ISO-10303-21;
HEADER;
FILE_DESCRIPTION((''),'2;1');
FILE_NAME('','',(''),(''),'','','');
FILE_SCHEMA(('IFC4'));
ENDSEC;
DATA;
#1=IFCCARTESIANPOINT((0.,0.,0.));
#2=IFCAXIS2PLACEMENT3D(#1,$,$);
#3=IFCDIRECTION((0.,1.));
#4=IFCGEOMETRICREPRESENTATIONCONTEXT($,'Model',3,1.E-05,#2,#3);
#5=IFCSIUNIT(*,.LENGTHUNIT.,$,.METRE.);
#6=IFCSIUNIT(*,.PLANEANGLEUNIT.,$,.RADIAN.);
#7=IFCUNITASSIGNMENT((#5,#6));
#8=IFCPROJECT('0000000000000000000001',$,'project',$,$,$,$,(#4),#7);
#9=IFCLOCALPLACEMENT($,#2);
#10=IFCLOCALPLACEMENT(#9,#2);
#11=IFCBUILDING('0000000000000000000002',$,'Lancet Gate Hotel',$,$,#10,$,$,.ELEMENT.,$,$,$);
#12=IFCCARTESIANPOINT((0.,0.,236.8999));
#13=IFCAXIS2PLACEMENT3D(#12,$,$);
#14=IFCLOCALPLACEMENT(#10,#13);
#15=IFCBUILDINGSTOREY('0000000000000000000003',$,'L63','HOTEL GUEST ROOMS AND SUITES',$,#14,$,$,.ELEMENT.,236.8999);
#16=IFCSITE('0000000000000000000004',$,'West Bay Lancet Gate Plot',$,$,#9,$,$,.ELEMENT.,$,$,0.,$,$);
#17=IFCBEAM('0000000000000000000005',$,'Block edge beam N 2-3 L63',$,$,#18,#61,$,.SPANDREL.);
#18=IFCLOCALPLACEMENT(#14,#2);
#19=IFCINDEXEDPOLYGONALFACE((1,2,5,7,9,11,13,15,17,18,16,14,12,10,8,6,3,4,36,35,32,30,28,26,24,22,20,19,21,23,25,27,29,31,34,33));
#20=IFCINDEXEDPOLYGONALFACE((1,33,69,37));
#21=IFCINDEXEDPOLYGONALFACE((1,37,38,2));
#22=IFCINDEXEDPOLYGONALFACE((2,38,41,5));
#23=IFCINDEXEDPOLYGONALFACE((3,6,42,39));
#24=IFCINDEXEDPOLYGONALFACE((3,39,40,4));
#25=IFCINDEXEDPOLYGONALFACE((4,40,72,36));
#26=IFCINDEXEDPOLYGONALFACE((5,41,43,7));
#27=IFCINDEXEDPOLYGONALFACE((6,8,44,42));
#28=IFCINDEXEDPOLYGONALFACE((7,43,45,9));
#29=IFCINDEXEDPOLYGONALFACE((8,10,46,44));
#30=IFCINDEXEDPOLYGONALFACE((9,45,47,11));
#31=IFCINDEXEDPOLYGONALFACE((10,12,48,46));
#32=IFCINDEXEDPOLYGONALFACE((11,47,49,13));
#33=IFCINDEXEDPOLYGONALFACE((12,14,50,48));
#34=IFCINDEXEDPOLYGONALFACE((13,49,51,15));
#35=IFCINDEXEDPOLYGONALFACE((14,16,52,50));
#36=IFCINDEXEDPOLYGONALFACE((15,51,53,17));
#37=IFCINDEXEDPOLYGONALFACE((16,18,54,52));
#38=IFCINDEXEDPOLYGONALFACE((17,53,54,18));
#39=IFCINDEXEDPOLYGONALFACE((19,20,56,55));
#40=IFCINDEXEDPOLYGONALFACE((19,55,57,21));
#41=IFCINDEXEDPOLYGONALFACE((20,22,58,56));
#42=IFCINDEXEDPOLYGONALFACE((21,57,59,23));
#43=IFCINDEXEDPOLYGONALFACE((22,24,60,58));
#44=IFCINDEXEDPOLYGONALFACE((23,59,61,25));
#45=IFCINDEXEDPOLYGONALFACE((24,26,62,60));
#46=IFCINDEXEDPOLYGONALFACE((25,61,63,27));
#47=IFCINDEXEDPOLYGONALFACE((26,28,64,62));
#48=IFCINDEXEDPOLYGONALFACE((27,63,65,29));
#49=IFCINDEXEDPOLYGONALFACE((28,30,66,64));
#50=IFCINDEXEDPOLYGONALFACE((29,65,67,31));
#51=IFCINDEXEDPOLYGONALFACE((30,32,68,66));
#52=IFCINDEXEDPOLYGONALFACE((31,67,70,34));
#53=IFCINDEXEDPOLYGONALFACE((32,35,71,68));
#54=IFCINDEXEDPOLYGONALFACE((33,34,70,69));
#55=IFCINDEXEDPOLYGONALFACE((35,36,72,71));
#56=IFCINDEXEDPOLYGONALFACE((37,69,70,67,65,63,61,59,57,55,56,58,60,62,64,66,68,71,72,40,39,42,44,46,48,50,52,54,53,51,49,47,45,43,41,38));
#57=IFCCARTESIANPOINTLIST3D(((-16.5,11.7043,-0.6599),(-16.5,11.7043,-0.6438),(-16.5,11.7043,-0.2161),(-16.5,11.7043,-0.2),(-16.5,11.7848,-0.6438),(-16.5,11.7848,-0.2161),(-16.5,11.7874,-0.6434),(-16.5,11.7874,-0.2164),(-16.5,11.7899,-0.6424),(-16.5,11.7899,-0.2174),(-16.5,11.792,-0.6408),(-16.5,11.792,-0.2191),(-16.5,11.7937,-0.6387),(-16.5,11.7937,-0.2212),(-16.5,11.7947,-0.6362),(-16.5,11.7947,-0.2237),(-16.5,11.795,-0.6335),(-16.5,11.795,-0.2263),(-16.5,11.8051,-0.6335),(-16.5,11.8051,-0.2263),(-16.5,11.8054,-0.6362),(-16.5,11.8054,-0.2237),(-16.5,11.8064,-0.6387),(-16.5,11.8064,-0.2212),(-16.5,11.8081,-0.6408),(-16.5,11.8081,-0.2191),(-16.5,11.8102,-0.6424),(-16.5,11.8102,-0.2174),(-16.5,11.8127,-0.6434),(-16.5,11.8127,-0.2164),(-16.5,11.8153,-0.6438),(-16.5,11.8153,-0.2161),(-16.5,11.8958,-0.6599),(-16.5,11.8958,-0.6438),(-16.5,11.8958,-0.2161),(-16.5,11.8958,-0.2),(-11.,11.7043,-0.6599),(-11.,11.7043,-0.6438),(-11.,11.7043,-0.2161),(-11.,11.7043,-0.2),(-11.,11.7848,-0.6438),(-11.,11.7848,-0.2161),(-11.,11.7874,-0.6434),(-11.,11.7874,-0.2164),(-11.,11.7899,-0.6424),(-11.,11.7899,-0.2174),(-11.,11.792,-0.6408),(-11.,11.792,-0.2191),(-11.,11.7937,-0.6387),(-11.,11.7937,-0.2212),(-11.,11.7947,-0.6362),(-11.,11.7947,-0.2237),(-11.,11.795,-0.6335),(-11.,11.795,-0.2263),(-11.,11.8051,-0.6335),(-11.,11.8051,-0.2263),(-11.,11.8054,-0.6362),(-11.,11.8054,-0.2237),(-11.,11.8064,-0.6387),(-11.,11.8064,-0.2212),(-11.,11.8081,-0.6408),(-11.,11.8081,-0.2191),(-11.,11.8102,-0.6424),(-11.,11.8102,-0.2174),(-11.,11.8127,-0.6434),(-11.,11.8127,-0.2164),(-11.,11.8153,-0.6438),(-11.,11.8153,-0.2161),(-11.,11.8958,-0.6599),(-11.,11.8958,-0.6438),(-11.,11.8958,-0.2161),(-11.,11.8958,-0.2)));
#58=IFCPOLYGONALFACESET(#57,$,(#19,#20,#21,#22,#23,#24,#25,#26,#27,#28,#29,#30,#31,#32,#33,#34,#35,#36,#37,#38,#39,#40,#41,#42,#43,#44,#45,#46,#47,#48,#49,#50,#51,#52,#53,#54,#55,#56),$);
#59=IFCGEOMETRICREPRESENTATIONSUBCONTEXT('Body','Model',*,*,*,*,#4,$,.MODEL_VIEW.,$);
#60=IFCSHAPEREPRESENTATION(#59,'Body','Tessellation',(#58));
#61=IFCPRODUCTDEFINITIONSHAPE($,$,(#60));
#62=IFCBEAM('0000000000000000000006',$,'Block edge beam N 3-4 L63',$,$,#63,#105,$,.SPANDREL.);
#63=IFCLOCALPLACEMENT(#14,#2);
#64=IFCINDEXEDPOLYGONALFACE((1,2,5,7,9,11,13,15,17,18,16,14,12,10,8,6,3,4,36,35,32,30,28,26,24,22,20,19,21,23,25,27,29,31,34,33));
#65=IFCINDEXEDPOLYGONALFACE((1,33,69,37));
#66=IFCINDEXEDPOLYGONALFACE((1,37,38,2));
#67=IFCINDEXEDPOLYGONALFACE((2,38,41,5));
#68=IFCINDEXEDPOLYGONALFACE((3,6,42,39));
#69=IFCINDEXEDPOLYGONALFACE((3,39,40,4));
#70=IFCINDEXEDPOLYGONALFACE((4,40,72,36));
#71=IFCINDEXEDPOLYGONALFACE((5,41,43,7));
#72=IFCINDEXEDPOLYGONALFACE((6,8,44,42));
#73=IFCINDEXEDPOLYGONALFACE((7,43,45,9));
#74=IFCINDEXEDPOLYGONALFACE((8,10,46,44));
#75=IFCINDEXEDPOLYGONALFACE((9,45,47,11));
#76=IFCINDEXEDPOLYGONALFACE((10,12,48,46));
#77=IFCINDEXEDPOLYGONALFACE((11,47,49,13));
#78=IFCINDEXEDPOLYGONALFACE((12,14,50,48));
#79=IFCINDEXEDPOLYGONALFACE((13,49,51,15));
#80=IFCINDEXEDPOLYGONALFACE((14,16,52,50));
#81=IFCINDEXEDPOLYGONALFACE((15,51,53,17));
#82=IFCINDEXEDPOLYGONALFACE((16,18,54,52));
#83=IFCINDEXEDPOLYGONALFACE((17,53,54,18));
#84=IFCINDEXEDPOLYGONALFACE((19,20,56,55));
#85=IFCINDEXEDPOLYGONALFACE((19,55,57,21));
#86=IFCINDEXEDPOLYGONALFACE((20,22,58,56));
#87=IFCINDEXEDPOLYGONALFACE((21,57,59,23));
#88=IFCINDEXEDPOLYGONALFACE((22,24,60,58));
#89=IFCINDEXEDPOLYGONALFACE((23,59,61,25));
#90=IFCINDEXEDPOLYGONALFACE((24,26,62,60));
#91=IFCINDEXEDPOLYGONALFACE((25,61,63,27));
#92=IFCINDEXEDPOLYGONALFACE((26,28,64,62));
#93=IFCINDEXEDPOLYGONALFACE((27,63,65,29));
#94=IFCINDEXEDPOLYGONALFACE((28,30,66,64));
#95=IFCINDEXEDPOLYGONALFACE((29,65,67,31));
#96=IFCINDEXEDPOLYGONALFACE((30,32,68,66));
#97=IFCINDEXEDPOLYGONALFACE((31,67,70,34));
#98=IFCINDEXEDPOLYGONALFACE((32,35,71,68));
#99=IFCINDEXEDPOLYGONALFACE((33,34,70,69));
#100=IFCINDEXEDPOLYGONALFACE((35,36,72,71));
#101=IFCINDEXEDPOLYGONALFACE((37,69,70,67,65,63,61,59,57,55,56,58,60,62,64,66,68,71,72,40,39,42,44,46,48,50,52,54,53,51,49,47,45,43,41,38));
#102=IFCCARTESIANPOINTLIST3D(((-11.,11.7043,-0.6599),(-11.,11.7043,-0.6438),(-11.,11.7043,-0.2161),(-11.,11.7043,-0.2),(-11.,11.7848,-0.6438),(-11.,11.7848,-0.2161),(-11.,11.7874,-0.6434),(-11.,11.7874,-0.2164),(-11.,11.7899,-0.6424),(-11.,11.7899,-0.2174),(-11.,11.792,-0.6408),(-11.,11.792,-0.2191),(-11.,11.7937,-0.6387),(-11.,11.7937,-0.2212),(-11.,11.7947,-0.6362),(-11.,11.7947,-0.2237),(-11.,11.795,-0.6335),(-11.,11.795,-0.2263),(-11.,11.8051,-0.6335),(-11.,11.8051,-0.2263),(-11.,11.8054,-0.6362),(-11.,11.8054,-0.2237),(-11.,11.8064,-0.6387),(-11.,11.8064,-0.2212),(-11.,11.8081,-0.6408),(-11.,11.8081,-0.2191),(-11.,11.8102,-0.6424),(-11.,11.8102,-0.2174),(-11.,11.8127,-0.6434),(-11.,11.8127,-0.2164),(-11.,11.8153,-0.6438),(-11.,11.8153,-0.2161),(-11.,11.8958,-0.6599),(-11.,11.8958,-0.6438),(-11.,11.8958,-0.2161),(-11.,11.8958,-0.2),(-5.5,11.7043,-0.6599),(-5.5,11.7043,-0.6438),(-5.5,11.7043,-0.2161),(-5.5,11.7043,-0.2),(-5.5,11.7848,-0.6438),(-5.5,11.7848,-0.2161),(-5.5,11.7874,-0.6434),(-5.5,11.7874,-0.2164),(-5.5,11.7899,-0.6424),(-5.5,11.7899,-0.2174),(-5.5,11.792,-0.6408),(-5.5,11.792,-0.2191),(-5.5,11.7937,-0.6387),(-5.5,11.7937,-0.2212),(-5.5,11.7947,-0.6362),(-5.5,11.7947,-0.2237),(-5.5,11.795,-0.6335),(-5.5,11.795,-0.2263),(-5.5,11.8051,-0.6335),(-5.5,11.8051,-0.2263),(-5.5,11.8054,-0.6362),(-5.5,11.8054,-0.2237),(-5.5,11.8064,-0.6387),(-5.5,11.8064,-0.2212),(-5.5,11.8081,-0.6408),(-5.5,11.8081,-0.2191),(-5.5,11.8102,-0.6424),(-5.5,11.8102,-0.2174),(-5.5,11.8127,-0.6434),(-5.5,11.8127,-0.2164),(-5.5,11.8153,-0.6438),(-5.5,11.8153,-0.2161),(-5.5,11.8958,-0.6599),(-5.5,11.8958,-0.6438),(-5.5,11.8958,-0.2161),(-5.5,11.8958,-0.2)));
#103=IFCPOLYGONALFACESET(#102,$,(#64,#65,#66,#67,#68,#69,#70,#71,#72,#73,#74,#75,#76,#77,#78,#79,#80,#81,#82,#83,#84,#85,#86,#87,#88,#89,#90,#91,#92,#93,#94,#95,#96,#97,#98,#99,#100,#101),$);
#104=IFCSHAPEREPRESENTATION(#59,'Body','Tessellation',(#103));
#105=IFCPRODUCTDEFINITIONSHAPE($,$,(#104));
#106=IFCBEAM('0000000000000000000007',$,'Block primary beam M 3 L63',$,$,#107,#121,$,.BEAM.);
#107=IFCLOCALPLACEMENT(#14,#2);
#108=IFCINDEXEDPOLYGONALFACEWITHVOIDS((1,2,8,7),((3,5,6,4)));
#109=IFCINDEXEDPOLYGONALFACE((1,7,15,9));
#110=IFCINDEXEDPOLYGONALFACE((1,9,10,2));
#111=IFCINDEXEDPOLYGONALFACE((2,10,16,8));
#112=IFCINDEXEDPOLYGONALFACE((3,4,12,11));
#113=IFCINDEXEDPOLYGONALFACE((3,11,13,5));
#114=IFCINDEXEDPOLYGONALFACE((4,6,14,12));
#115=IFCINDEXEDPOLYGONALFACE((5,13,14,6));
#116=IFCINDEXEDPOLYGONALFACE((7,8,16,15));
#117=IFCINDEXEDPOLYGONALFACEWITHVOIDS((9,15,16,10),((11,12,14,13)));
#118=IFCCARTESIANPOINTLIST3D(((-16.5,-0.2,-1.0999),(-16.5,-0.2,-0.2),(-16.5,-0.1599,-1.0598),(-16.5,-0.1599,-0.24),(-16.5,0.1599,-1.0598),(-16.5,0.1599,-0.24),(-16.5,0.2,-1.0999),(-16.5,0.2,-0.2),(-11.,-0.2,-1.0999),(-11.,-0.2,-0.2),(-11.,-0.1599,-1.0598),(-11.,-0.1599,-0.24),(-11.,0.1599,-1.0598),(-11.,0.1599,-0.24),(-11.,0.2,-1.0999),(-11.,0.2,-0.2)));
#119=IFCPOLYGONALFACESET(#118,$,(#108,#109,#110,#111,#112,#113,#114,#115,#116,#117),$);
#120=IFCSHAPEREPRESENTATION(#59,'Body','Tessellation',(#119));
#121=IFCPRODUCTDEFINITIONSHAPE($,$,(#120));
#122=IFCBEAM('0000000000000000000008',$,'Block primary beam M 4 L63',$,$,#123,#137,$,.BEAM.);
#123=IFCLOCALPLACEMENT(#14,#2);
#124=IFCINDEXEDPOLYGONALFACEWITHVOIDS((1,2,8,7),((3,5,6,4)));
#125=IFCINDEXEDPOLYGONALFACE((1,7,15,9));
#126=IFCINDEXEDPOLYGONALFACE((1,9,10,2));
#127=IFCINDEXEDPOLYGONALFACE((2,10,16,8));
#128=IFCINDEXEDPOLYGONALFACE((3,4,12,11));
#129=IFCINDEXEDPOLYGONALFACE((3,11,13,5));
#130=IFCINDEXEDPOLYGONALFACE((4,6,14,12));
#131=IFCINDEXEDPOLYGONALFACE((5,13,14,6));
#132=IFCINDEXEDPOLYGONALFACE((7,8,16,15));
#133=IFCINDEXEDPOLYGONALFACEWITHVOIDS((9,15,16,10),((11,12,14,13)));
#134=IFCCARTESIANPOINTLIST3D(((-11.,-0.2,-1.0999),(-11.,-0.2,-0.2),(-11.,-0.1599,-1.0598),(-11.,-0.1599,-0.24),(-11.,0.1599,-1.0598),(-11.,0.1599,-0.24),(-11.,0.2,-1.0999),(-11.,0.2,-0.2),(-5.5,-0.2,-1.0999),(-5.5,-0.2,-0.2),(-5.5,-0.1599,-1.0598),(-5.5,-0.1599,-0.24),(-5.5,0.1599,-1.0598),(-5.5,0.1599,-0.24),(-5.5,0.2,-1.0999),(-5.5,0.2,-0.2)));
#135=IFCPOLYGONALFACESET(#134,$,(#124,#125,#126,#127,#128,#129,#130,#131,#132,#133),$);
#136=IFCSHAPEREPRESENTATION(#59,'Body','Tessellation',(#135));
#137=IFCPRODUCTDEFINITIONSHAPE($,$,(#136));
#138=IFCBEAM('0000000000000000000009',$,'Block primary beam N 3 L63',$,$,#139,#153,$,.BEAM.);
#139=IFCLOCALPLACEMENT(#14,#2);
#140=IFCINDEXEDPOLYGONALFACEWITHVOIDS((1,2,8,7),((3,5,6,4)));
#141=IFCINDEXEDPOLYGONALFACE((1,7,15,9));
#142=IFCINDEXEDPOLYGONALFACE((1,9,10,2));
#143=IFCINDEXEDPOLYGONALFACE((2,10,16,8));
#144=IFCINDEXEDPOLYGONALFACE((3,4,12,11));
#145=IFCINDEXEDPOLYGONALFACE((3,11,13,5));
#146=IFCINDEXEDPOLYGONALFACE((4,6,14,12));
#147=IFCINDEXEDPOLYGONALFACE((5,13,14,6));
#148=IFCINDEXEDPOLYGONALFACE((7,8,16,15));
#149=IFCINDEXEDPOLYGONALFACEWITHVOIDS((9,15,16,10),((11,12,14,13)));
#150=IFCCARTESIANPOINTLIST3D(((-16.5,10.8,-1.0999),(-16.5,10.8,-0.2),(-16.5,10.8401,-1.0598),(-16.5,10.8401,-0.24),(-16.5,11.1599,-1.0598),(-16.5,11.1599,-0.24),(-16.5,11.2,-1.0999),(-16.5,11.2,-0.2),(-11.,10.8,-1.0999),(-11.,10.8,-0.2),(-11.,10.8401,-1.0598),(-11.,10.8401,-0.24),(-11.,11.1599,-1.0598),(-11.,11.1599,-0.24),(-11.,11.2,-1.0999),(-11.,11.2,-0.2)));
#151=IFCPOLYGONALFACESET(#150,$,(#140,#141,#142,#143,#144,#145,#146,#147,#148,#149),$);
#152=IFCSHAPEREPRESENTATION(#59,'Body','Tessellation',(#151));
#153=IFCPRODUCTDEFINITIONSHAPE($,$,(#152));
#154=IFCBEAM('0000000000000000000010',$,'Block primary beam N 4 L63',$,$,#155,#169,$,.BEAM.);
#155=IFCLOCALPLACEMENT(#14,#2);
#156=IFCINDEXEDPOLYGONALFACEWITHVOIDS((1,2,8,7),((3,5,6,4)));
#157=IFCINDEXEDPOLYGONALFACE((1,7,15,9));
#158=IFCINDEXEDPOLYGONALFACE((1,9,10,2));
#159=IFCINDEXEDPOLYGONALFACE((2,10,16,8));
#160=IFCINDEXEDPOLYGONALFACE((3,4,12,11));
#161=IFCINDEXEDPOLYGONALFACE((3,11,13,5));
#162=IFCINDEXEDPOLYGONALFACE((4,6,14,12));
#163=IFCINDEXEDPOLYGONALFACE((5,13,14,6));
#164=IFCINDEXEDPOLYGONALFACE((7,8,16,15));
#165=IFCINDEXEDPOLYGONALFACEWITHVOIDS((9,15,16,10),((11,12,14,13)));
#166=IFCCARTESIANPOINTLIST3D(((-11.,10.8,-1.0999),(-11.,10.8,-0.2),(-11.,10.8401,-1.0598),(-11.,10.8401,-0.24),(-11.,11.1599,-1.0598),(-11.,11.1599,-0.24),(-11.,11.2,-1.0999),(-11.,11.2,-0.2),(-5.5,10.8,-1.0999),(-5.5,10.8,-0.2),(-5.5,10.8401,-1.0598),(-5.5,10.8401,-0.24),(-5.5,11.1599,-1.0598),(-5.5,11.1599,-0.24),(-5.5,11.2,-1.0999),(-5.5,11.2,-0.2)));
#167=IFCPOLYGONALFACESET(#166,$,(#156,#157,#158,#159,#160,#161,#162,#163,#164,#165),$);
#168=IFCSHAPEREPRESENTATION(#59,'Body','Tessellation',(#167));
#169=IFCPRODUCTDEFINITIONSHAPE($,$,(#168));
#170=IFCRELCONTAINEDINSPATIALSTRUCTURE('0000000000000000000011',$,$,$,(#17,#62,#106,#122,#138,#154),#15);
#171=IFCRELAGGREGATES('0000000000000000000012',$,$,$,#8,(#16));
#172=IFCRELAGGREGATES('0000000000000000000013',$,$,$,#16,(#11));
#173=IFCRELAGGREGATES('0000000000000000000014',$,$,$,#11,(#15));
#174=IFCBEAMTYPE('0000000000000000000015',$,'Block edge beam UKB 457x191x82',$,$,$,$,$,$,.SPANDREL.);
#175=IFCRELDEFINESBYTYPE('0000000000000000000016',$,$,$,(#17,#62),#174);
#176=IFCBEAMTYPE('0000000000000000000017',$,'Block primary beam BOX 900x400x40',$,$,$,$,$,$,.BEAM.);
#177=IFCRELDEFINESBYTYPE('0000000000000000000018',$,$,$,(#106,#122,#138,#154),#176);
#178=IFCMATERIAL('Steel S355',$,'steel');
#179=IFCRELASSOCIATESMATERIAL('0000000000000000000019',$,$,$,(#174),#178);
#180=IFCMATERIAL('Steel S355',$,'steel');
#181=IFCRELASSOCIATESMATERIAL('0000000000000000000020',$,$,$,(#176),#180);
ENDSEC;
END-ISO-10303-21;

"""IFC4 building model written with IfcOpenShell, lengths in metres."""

from ifc_helpers import new_model, si_unit, direction, frame, origin, origin_2d, place, context, subcontext, project, spatial, hollow_rectangle, i_section, extrude, material, material_profile, profile_set, type_object, element, save


model = new_model("IFC4")

# Units and contexts
model_context = context("Model", 3, precision=1e-05, world=origin(), true_north=direction((0.0, 1.0)))
body_context = subcontext(model_context, "Body", "Model", "MODEL_VIEW")
ifc_project = project(units=[si_unit("LENGTHUNIT", "METRE"), si_unit("PLANEANGLEUNIT", "RADIAN")], contexts=[model_context])

# Site, building, storey
site_placement = place(None, origin())
site = spatial("IfcSite", under=ifc_project, at=site_placement, Name="West Bay Lancet Gate Plot", CompositionType="ELEMENT", RefElevation=0.0)
building_placement = place(site_placement, origin())
building = spatial("IfcBuilding", under=site, at=building_placement, Name="Lancet Gate Hotel", CompositionType="ELEMENT")
storey_placement = place(building_placement, frame((0.0, 0.0, 236.8999)))
storey = spatial("IfcBuildingStorey", under=building, at=storey_placement, Name="L63", Description="HOTEL GUEST ROOMS AND SUITES", CompositionType="ELEMENT", Elevation=236.8999)

# Beams
ifc_material_1 = material(Name="Steel S355", Category="steel")
ifc_material_profile_1 = material_profile(ifc_material_1, i_section(OverallWidth=0.1914, OverallDepth=0.46, WebThickness=0.01, FlangeThickness=0.0161, FilletRadius=0.0103, at=origin_2d()), Name="UKB 457x191x82")
ifc_profile_set_1 = profile_set([ifc_material_profile_1], Name="Steel S355")
beam_type_1 = type_object("IfcBeamType", Name="Block edge beam UKB 457x191x82", PredefinedType="SPANDREL", material=ifc_profile_set_1)
for number, where, z_axis, x_axis, name in (
    (1, (-16.5, 11.8, -0.4299), (1.0, 0.0, 0.0), (0.0, 1.0, 0.0), "Block edge beam N 2-3 L63"),
    (2, (-11.0, 11.8, -0.4299), (1.0, 0.0, 0.0), (0.0, 1.0, 0.0), "Block edge beam N 3-4 L63"),
):
    element("IfcBeam", number, at=place(storey_placement, frame(where, z_axis=z_axis, x_axis=x_axis)), inside=storey, type_object=beam_type_1, Name=name, PredefinedType="SPANDREL", context=body_context, shape_type="SweptSolid", body=[
        extrude(i_section(OverallWidth=0.1914, OverallDepth=0.46, WebThickness=0.01, FlangeThickness=0.0161, FilletRadius=0.0103, at=origin_2d()), origin(), (0.0, 0.0, 1.0), 5.5),
    ])
ifc_material_2 = material(Name="Steel S355", Category="steel")
ifc_material_profile_2 = material_profile(ifc_material_2, hollow_rectangle(XDim=0.3999, YDim=0.8999, WallThickness=0.04, at=origin_2d()), Name="BOX 900x400x40")
ifc_profile_set_2 = profile_set([ifc_material_profile_2], Name="Steel S355")
beam_type_2 = type_object("IfcBeamType", Name="Block primary beam BOX 900x400x40", PredefinedType="BEAM", material=ifc_profile_set_2)
for number, where, z_axis, x_axis, name in (
    (3, (-16.5, 0.0, -0.6499), (1.0, 0.0, 0.0), (0.0, 1.0, 0.0), "Block primary beam M 3 L63"),
    (4, (-11.0, 0.0, -0.6499), (1.0, 0.0, 0.0), (0.0, 1.0, 0.0), "Block primary beam M 4 L63"),
    (5, (-16.5, 11.0, -0.6499), (1.0, 0.0, 0.0), (0.0, 1.0, 0.0), "Block primary beam N 3 L63"),
    (6, (-11.0, 11.0, -0.6499), (1.0, 0.0, 0.0), (0.0, 1.0, 0.0), "Block primary beam N 4 L63"),
):
    element("IfcBeam", number, at=place(storey_placement, frame(where, z_axis=z_axis, x_axis=x_axis)), inside=storey, type_object=beam_type_2, Name=name, PredefinedType="BEAM", context=body_context, shape_type="SweptSolid", body=[
        extrude(hollow_rectangle(XDim=0.3999, YDim=0.8999, WallThickness=0.04, at=origin_2d()), origin(), (0.0, 0.0, 1.0), 5.5),
    ])

save(model, "model.ifc")
